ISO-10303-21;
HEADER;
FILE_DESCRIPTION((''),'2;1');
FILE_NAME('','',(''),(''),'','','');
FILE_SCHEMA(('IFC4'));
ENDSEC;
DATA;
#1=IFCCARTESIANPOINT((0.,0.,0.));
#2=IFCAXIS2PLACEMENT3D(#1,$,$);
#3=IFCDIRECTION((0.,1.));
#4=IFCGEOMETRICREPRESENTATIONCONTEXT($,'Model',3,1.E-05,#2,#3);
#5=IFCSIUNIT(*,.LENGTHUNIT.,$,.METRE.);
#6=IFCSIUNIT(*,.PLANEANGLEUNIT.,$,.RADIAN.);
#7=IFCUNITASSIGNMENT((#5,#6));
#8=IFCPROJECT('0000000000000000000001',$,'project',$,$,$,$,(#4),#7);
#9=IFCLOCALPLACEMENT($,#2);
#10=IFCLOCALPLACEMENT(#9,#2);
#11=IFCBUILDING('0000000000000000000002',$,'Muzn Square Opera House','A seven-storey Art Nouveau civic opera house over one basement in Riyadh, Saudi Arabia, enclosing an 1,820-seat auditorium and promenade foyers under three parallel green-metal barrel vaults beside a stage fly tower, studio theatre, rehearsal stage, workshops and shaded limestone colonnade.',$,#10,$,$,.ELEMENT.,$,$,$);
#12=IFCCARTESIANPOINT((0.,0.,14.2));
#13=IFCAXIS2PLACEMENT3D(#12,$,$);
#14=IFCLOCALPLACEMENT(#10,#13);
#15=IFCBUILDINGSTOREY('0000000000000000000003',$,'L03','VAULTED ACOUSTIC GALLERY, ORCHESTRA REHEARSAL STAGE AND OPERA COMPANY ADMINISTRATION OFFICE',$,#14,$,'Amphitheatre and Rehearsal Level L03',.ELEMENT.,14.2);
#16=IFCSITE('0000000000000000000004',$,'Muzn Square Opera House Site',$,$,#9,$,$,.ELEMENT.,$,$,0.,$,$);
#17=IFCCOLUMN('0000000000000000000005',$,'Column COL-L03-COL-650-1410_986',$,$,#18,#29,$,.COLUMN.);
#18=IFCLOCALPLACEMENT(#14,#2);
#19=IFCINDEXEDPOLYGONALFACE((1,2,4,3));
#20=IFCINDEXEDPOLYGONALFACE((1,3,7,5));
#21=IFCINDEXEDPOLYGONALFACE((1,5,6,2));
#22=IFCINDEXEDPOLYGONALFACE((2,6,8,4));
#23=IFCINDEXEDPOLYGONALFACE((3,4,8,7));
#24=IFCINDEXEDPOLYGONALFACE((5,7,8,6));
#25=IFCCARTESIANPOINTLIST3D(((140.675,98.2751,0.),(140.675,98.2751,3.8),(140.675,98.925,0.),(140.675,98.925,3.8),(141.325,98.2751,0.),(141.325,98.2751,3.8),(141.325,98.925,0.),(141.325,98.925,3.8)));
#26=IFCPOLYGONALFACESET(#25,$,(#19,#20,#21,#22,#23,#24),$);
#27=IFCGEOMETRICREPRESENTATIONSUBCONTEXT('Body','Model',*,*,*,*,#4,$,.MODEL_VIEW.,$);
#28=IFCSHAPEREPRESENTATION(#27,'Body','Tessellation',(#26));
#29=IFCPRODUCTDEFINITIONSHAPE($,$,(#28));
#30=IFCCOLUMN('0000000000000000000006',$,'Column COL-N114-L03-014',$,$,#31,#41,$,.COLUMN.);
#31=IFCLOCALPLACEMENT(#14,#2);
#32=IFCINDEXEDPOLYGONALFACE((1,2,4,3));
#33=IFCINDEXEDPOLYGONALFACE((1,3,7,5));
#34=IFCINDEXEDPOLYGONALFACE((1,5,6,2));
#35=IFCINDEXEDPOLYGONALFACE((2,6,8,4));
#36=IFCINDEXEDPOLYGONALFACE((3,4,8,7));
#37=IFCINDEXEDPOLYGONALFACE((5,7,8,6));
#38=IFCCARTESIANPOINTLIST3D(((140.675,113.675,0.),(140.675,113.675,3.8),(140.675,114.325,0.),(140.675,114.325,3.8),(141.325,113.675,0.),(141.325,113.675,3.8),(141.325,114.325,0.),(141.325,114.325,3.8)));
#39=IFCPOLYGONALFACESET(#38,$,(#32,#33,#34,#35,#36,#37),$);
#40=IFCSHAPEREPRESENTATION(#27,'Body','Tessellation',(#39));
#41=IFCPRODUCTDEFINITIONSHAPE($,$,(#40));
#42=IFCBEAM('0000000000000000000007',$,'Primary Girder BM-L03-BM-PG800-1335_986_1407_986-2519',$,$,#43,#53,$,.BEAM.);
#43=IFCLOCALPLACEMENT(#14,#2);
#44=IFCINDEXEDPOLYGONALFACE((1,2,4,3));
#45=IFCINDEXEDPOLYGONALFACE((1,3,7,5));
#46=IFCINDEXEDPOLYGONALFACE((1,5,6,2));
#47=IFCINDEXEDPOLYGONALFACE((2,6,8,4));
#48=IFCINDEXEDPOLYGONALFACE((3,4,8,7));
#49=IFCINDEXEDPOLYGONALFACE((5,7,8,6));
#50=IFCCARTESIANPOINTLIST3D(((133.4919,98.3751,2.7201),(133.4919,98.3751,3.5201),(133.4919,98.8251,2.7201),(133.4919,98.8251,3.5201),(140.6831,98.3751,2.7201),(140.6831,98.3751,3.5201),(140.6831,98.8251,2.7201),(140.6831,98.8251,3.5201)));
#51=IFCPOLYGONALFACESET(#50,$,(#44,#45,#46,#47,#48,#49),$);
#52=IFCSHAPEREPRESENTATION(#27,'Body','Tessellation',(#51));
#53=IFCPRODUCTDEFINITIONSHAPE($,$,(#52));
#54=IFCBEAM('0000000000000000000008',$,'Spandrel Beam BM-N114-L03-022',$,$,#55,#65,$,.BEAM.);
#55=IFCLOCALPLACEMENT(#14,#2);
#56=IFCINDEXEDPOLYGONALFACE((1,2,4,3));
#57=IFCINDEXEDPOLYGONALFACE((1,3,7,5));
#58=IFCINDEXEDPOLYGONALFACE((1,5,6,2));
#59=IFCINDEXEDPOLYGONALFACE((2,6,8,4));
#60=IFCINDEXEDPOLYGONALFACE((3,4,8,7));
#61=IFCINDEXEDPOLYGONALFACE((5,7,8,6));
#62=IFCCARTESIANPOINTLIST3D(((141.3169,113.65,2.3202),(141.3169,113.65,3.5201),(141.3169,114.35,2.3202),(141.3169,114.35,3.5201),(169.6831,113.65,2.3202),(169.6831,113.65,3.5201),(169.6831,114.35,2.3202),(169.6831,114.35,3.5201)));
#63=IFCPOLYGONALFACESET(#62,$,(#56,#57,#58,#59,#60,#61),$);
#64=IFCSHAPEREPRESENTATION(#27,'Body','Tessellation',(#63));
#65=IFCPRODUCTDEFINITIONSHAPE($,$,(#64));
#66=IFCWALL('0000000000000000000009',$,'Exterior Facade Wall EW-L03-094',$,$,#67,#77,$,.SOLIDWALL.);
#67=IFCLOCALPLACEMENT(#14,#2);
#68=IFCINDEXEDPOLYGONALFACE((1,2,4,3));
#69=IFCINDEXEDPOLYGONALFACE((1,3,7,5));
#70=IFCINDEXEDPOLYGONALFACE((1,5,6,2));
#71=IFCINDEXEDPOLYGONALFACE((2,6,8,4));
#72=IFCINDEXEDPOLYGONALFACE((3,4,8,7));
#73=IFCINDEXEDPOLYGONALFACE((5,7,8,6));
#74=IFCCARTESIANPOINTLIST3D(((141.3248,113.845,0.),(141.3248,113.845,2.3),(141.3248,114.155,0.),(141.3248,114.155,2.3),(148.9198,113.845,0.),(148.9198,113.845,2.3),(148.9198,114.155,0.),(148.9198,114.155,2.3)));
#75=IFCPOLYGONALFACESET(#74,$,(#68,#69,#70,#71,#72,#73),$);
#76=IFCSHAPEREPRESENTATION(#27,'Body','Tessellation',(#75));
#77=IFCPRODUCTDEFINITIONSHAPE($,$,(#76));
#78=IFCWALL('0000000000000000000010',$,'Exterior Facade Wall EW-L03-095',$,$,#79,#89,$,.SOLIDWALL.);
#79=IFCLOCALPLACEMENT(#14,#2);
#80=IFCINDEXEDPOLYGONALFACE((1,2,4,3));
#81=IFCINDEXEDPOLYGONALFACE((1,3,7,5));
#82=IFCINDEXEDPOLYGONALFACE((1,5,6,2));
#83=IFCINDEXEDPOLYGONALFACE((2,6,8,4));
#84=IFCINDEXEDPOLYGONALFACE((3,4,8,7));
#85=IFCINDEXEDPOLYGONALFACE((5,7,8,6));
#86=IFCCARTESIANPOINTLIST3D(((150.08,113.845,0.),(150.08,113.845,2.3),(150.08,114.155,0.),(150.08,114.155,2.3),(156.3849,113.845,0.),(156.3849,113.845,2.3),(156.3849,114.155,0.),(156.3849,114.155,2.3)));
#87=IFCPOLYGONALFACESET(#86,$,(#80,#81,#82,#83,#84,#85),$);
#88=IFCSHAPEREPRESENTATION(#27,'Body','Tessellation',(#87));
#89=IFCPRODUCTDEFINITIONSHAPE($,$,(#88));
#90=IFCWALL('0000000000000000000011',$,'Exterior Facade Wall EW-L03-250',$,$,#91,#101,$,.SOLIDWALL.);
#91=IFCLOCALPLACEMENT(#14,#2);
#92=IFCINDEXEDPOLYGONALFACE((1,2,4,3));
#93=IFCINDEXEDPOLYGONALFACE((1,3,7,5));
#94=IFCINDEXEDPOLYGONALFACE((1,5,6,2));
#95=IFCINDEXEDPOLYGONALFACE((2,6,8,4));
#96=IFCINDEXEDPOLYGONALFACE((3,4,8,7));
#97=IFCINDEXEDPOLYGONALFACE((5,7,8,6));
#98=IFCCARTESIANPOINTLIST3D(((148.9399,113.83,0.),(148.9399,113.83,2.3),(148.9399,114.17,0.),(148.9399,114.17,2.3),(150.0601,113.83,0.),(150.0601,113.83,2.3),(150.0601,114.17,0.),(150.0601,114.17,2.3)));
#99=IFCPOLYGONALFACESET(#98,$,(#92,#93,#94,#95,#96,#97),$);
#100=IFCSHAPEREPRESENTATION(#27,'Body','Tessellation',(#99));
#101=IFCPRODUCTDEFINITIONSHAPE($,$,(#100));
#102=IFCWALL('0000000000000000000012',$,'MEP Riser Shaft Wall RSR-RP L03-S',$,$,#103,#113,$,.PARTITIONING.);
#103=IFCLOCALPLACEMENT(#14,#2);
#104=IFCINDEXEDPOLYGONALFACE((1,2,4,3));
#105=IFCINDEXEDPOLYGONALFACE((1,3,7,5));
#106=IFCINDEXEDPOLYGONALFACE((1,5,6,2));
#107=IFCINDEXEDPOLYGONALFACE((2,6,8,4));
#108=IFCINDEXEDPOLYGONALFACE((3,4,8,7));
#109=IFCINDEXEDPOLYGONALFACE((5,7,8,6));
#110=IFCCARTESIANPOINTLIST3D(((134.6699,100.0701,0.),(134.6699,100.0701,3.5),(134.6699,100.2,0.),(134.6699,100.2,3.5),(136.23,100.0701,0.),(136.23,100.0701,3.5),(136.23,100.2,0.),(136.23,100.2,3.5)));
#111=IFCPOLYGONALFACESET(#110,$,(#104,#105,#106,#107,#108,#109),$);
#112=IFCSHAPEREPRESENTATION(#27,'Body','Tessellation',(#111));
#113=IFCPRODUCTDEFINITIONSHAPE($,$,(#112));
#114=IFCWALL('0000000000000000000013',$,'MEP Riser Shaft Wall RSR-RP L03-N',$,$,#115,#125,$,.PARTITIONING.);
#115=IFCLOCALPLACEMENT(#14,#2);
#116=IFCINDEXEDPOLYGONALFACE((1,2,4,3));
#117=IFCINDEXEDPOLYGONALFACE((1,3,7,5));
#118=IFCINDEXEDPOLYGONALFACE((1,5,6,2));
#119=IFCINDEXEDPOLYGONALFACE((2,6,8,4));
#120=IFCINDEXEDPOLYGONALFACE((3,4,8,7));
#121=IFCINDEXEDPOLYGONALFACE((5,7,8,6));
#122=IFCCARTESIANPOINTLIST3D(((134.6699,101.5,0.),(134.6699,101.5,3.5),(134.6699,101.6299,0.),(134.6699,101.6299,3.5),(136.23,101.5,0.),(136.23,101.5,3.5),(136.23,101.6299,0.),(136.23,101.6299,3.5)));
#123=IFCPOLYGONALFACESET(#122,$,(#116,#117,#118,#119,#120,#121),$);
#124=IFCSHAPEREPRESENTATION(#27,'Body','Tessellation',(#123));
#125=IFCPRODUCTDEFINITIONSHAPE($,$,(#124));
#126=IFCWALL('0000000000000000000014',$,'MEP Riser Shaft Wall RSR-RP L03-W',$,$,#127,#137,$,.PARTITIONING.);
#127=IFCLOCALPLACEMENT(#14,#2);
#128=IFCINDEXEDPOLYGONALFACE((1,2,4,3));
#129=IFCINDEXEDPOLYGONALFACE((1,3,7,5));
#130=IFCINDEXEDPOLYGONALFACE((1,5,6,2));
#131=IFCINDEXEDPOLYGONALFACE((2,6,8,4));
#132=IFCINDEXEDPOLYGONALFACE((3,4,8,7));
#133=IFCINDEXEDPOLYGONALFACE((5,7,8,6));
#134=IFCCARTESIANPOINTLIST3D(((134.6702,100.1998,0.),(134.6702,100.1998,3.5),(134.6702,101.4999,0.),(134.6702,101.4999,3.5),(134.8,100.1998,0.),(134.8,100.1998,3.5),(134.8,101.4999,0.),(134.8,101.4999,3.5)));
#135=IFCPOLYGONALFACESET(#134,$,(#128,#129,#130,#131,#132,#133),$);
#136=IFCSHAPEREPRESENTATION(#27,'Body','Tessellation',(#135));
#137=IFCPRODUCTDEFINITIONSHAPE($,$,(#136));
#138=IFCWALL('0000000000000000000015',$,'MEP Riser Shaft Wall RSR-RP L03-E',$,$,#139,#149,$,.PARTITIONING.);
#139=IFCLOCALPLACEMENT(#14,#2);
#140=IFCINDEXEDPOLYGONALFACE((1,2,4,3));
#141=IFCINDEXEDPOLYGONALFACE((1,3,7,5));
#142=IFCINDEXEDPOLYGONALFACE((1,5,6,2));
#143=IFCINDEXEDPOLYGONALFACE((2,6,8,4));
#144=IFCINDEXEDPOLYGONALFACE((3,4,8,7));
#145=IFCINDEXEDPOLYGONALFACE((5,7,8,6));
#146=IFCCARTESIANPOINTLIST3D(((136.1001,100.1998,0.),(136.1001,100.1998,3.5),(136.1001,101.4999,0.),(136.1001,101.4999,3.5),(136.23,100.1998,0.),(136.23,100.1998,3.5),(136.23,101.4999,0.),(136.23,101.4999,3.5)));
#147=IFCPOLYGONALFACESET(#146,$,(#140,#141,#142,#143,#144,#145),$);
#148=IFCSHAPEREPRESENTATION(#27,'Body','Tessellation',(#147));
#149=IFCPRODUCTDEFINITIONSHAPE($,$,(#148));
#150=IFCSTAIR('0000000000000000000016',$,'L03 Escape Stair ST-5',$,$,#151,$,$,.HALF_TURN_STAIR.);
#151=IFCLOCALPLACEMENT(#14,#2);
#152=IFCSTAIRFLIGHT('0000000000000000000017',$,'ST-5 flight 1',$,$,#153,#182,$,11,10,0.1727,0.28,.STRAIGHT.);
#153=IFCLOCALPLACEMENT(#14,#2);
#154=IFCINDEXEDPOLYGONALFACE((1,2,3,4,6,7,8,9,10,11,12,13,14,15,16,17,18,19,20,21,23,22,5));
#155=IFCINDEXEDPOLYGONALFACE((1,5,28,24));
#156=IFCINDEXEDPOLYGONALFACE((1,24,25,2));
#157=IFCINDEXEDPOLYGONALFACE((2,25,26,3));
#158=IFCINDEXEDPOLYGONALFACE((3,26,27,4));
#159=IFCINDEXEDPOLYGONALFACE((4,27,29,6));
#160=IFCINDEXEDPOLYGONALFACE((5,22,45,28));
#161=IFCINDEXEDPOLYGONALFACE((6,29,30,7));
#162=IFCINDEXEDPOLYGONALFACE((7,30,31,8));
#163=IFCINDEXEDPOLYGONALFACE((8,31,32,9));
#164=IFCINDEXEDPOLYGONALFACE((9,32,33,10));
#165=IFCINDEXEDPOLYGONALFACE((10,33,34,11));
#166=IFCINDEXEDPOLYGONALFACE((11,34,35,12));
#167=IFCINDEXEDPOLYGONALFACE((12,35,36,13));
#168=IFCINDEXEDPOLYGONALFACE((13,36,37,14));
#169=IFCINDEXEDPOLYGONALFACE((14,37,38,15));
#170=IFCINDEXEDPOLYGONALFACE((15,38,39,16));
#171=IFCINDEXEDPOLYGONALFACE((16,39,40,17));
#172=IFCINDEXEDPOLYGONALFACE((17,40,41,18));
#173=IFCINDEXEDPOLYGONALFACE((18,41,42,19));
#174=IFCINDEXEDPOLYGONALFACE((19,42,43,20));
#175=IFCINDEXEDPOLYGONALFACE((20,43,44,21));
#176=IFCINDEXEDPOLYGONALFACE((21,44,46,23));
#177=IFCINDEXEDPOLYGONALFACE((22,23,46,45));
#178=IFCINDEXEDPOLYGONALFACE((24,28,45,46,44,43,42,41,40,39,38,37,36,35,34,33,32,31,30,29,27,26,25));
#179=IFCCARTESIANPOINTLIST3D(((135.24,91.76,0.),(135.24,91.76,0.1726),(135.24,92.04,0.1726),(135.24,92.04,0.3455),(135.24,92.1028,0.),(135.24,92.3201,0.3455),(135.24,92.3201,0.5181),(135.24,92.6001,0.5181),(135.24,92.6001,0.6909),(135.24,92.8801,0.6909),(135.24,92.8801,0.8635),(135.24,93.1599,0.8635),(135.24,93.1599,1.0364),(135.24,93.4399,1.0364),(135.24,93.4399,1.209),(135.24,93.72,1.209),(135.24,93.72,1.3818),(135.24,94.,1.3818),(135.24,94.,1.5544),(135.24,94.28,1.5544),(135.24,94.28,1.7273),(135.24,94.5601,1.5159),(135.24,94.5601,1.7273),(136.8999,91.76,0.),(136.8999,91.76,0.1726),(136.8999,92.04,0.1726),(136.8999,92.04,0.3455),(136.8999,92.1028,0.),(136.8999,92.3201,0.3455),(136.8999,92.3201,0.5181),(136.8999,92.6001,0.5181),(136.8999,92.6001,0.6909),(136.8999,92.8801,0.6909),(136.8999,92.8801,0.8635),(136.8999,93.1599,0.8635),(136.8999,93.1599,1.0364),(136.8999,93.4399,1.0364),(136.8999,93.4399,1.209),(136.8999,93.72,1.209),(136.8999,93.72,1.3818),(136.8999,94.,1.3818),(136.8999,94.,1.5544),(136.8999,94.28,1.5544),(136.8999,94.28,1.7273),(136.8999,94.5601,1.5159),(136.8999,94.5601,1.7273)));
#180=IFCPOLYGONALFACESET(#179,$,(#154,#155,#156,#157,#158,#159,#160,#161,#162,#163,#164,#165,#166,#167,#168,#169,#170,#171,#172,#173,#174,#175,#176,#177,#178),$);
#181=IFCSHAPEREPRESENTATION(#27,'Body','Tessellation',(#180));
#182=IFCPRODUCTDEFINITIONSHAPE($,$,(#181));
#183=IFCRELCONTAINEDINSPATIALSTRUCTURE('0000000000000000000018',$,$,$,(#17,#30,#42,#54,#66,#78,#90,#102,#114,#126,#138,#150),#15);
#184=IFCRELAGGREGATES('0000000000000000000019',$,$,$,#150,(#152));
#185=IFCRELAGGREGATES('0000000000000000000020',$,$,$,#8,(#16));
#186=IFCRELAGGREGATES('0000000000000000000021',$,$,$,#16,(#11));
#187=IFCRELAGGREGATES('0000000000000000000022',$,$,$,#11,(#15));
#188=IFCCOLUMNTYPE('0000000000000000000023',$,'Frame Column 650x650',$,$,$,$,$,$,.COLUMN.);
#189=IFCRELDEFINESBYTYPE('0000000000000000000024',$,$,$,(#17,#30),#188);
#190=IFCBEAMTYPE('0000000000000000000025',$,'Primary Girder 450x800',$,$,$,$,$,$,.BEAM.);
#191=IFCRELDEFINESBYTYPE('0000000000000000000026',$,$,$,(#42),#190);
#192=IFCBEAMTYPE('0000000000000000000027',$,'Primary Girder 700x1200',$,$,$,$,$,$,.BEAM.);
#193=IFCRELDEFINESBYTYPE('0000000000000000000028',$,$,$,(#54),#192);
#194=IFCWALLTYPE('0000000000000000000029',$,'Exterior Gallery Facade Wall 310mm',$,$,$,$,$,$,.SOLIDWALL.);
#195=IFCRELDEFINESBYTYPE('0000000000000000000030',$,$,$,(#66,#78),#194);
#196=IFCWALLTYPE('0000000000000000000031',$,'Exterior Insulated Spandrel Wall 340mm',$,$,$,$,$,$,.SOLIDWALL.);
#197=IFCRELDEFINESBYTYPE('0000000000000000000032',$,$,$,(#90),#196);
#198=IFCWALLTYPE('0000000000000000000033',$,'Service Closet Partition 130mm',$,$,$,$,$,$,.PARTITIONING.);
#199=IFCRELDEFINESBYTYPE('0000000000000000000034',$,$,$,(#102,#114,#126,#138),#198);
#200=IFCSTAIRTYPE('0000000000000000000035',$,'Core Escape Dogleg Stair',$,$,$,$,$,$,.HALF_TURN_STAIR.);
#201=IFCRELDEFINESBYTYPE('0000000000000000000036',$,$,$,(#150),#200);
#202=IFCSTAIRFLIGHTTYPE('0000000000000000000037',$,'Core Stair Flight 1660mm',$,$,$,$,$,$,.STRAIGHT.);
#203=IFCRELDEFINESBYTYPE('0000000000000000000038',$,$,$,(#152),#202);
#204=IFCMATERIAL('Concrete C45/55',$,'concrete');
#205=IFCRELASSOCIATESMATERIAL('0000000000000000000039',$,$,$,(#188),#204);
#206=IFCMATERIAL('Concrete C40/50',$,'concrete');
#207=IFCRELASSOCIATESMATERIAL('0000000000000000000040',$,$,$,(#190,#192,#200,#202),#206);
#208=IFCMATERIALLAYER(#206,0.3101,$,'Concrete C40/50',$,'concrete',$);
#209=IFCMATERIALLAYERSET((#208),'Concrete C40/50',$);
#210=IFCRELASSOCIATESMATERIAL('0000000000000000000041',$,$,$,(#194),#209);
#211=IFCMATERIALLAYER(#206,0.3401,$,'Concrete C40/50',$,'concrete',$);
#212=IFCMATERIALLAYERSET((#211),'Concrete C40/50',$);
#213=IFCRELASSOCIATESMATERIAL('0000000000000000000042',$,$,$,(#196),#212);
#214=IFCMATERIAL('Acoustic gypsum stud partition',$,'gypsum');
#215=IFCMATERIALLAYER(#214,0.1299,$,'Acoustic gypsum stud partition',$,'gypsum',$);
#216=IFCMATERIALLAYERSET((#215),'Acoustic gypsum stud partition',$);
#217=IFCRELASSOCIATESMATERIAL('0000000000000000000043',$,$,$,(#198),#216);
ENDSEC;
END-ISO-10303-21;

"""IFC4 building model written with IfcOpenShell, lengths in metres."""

from ifc_helpers import new_model, si_unit, direction, frame, frame_2d, origin, origin_2d, place, context, subcontext, project, spatial, polyline, rectangle, outline, extrude, material, layer, layer_set, material_profile, profile_set, type_object, element, aggregate, save


model = new_model("IFC4")

# Units and contexts
model_context = context("Model", 3, precision=1e-05, world=origin(), true_north=direction((0.0, 1.0)))
body_context = subcontext(model_context, "Body", "Model", "MODEL_VIEW")
ifc_project = project(units=[si_unit("LENGTHUNIT", "METRE"), si_unit("PLANEANGLEUNIT", "RADIAN")], contexts=[model_context])

# Site, building, storey
site_placement = place(None, origin())
site = spatial("IfcSite", under=ifc_project, at=site_placement, Name="Muzn Square Opera House Site", CompositionType="ELEMENT", RefElevation=0.0)
building_placement = place(site_placement, origin())
building = spatial("IfcBuilding", under=site, at=building_placement, Name="Muzn Square Opera House", Description="A seven-storey Art Nouveau civic opera house over one basement in Riyadh, Saudi Arabia, enclosing an 1,820-seat auditorium and promenade foyers under three parallel green-metal barrel vaults beside a stage fly tower, studio theatre, rehearsal stage, workshops and shaded limestone colonnade.", CompositionType="ELEMENT")
storey_placement = place(building_placement, frame((0.0, 0.0, 14.2)))
storey = spatial("IfcBuildingStorey", under=building, at=storey_placement, Name="L03", Description="VAULTED ACOUSTIC GALLERY, ORCHESTRA REHEARSAL STAGE AND OPERA COMPANY ADMINISTRATION OFFICE", LongName="Amphitheatre and Rehearsal Level L03", CompositionType="ELEMENT", Elevation=14.2)

# Columns
ifc_material_1 = material(Name="Concrete C45/55", Category="concrete")
ifc_material_profile_1 = material_profile(ifc_material_1, rectangle(XDim=0.6499, YDim=0.6499, at=origin_2d()), Name="RC 650x650", Category="concrete")
ifc_profile_set_1 = profile_set([ifc_material_profile_1], Name="Concrete C45/55")
column_type = type_object("IfcColumnType", Name="Frame Column 650x650", PredefinedType="COLUMN", material=ifc_profile_set_1)
for number, where, z_axis, x_axis, name in (
    (1, (141.0, 98.6001, 0.0), (0.0, 0.0, 1.0), (1.0, 0.0, 0.0), "Column COL-L03-COL-650-1410_986"),
    (2, (141.0, 114.0, 0.0), (0.0, 0.0, 1.0), (1.0, 0.0, 0.0), "Column COL-N114-L03-014"),
):
    element("IfcColumn", number, at=place(storey_placement, frame(where, z_axis=z_axis, x_axis=x_axis)), inside=storey, type_object=column_type, Name=name, PredefinedType="COLUMN", context=body_context, shape_type="SweptSolid", body=[
        extrude(rectangle(XDim=0.6499, YDim=0.6499, at=origin_2d()), origin(), (0.0, 0.0, 1.0), 3.8),
    ])

# Beams
ifc_material_2 = material(Name="Concrete C40/50", Category="concrete")
ifc_material_profile_2 = material_profile(ifc_material_2, rectangle(XDim=0.45, YDim=0.8, at=origin_2d()), Name="RCB 450x800", Category="concrete")
ifc_profile_set_2 = profile_set([ifc_material_profile_2], Name="Concrete C40/50")
beam_type_1 = type_object("IfcBeamType", Name="Primary Girder 450x800", PredefinedType="BEAM", material=ifc_profile_set_2)
beam_1_placement = place(storey_placement, frame((133.4919, 98.6001, 3.1201), z_axis=(1.0, 0.0, 0.0), x_axis=(0.0, 1.0, 0.0)))
element("IfcBeam", 3, at=beam_1_placement, inside=storey, type_object=beam_type_1, Name="Primary Girder BM-L03-BM-PG800-1335_986_1407_986-2519", PredefinedType="BEAM", context=body_context, shape_type="SweptSolid", body=[
    extrude(rectangle(XDim=0.45, YDim=0.8, at=origin_2d()), origin(), (0.0, 0.0, 1.0), 7.1912),
])
ifc_material_profile_3 = material_profile(ifc_material_2, rectangle(XDim=0.7, YDim=1.2, at=origin_2d()), Name="RCB 700x1200", Category="concrete")
ifc_profile_set_3 = profile_set([ifc_material_profile_3], Name="Concrete C40/50")
beam_type_2 = type_object("IfcBeamType", Name="Primary Girder 700x1200", PredefinedType="BEAM", material=ifc_profile_set_3)
beam_2_placement = place(storey_placement, frame((141.3169, 114.0, 2.9202), z_axis=(1.0, 0.0, 0.0), x_axis=(0.0, 1.0, 0.0)))
element("IfcBeam", 4, at=beam_2_placement, inside=storey, type_object=beam_type_2, Name="Spandrel Beam BM-N114-L03-022", PredefinedType="BEAM", context=body_context, shape_type="SweptSolid", body=[
    extrude(rectangle(XDim=0.7, YDim=1.2, at=origin_2d()), origin(), (0.0, 0.0, 1.0), 28.3662),
])

# Walls
ifc_layer_1 = layer(ifc_material_2, 0.3101, Name="Concrete C40/50", Category="concrete")
ifc_layer_set_1 = layer_set([ifc_layer_1], Name="Concrete C40/50")
wall_type_1 = type_object("IfcWallType", Name="Exterior Gallery Facade Wall 310mm", PredefinedType="SOLIDWALL", material=ifc_layer_set_1)
wall_1_placement = place(storey_placement, frame((141.325, 114.0, 0.0), z_axis=(0.0, 0.0, 1.0), x_axis=(1.0, 0.0, 0.0)))
element("IfcWall", 5, at=wall_1_placement, inside=storey, type_object=wall_type_1, Name="Exterior Facade Wall EW-L03-094", PredefinedType="SOLIDWALL", context=body_context, shape_type="SweptSolid", body=[
    extrude(rectangle(XDim=7.595, YDim=0.3101, at=frame_2d((3.7974, 0.0))), origin(), (0.0, 0.0, 1.0), 2.3),
])
wall_2_placement = place(storey_placement, frame((150.0801, 114.0, 0.0), z_axis=(0.0, 0.0, 1.0), x_axis=(1.0, 0.0, 0.0)))
element("IfcWall", 6, at=wall_2_placement, inside=storey, type_object=wall_type_1, Name="Exterior Facade Wall EW-L03-095", PredefinedType="SOLIDWALL", context=body_context, shape_type="SweptSolid", body=[
    extrude(rectangle(XDim=6.3049, YDim=0.3101, at=frame_2d((3.1523, 0.0))), origin(), (0.0, 0.0, 1.0), 2.3),
])
ifc_layer_2 = layer(ifc_material_2, 0.3401, Name="Concrete C40/50", Category="concrete")
ifc_layer_set_2 = layer_set([ifc_layer_2], Name="Concrete C40/50")
wall_type_2 = type_object("IfcWallType", Name="Exterior Insulated Spandrel Wall 340mm", PredefinedType="SOLIDWALL", material=ifc_layer_set_2)
wall_3_placement = place(storey_placement, frame((148.9399, 114.0, 0.0), z_axis=(0.0, 0.0, 1.0), x_axis=(1.0, 0.0, 0.0)))
element("IfcWall", 7, at=wall_3_placement, inside=storey, type_object=wall_type_2, Name="Exterior Facade Wall EW-L03-250", PredefinedType="SOLIDWALL", context=body_context, shape_type="SweptSolid", body=[
    extrude(rectangle(XDim=1.1201, YDim=0.3401, at=frame_2d((0.5601, 0.0))), origin(), (0.0, 0.0, 1.0), 2.3),
])
ifc_material_3 = material(Name="Acoustic gypsum stud partition", Category="gypsum")
ifc_layer_3 = layer(ifc_material_3, 0.1299, Name="Acoustic gypsum stud partition", Category="gypsum")
ifc_layer_set_3 = layer_set([ifc_layer_3], Name="Acoustic gypsum stud partition")
wall_type_3 = type_object("IfcWallType", Name="Service Closet Partition 130mm", PredefinedType="PARTITIONING", material=ifc_layer_set_3)
for number, where, z_axis, x_axis, name in (
    (8, (134.6699, 100.135, 0.0), (0.0, 0.0, 1.0), (1.0, 0.0, 0.0), "MEP Riser Shaft Wall RSR-RP L03-S"),
    (9, (134.6699, 101.5649, 0.0), (0.0, 0.0, 1.0), (1.0, 0.0, 0.0), "MEP Riser Shaft Wall RSR-RP L03-N"),
):
    element("IfcWall", number, at=place(storey_placement, frame(where, z_axis=z_axis, x_axis=x_axis)), inside=storey, type_object=wall_type_3, Name=name, PredefinedType="PARTITIONING", context=body_context, shape_type="SweptSolid", body=[
        extrude(rectangle(XDim=1.5601, YDim=0.1299, at=frame_2d((0.78, 0.0))), origin(), (0.0, 0.0, 1.0), 3.5),
    ])
for number, where, z_axis, x_axis, name in (
    (10, (134.7351, 100.2, 0.0), (0.0, 0.0, 1.0), (0.0, 1.0, 0.0), "MEP Riser Shaft Wall RSR-RP L03-W"),
    (11, (136.165, 100.2, 0.0), (0.0, 0.0, 1.0), (0.0, 1.0, 0.0), "MEP Riser Shaft Wall RSR-RP L03-E"),
):
    element("IfcWall", number, at=place(storey_placement, frame(where, z_axis=z_axis, x_axis=x_axis)), inside=storey, type_object=wall_type_3, Name=name, PredefinedType="PARTITIONING", context=body_context, shape_type="SweptSolid", body=[
        extrude(rectangle(XDim=1.3, YDim=0.1299, at=frame_2d((0.6499, 0.0))), origin(), (0.0, 0.0, 1.0), 3.5),
    ])

# Stair, stair flight
stair_type = type_object("IfcStairType", Name="Core Escape Dogleg Stair", PredefinedType="HALF_TURN_STAIR", material=ifc_material_2)
stair_placement = place(storey_placement, origin())
stair = element("IfcStair", 12, at=stair_placement, inside=storey, type_object=stair_type, Name="L03 Escape Stair ST-5", PredefinedType="HALF_TURN_STAIR")
stair_flight_type = type_object("IfcStairFlightType", Name="Core Stair Flight 1660mm", PredefinedType="STRAIGHT", material=ifc_material_2)
stair_flight_1_placement = place(storey_placement, frame((136.0701, 91.76, 0.0), z_axis=(0.0, 0.0, 1.0), x_axis=(0.0, 1.0, 0.0)))
stair_flight_1 = element("IfcStairFlight", 13, at=stair_flight_1_placement, type_object=stair_flight_type, Name="ST-5 flight 1", NumberOfRisers=11, NumberOfTreads=10, PredefinedType="STRAIGHT", RiserHeight=0.1727, TreadLength=0.28, context=body_context, shape_type="SweptSolid", body=[
    extrude(outline(polyline([(0.0, 0.0), (0.0, 0.1726), (0.28, 0.1726), (0.28, 0.3455), (0.5601, 0.3455), (0.5601, 0.5181), (0.8401, 0.5181), (0.8401, 0.6909), (1.1201, 0.6909), (1.1201, 0.8635), (1.3999, 0.8635), (1.3999, 1.0364), (1.6799, 1.0364), (1.6799, 1.209), (1.96, 1.209), (1.96, 1.3818), (2.24, 1.3818), (2.24, 1.5544), (2.52, 1.5544), (2.52, 1.7273), (2.8, 1.7273), (2.8, 1.8999), (2.8, 1.5159), (0.3428, 0.0), (0.0, 0.0)])), frame((0.0, 0.8301, 0.0), z_axis=(0.0, -1.0, 0.0), x_axis=(1.0, 0.0, 0.0)), (0.0, 0.0, 1.0), 1.6599),
])
aggregate(stair, [stair_flight_1])

save(model, "model.ifc")
